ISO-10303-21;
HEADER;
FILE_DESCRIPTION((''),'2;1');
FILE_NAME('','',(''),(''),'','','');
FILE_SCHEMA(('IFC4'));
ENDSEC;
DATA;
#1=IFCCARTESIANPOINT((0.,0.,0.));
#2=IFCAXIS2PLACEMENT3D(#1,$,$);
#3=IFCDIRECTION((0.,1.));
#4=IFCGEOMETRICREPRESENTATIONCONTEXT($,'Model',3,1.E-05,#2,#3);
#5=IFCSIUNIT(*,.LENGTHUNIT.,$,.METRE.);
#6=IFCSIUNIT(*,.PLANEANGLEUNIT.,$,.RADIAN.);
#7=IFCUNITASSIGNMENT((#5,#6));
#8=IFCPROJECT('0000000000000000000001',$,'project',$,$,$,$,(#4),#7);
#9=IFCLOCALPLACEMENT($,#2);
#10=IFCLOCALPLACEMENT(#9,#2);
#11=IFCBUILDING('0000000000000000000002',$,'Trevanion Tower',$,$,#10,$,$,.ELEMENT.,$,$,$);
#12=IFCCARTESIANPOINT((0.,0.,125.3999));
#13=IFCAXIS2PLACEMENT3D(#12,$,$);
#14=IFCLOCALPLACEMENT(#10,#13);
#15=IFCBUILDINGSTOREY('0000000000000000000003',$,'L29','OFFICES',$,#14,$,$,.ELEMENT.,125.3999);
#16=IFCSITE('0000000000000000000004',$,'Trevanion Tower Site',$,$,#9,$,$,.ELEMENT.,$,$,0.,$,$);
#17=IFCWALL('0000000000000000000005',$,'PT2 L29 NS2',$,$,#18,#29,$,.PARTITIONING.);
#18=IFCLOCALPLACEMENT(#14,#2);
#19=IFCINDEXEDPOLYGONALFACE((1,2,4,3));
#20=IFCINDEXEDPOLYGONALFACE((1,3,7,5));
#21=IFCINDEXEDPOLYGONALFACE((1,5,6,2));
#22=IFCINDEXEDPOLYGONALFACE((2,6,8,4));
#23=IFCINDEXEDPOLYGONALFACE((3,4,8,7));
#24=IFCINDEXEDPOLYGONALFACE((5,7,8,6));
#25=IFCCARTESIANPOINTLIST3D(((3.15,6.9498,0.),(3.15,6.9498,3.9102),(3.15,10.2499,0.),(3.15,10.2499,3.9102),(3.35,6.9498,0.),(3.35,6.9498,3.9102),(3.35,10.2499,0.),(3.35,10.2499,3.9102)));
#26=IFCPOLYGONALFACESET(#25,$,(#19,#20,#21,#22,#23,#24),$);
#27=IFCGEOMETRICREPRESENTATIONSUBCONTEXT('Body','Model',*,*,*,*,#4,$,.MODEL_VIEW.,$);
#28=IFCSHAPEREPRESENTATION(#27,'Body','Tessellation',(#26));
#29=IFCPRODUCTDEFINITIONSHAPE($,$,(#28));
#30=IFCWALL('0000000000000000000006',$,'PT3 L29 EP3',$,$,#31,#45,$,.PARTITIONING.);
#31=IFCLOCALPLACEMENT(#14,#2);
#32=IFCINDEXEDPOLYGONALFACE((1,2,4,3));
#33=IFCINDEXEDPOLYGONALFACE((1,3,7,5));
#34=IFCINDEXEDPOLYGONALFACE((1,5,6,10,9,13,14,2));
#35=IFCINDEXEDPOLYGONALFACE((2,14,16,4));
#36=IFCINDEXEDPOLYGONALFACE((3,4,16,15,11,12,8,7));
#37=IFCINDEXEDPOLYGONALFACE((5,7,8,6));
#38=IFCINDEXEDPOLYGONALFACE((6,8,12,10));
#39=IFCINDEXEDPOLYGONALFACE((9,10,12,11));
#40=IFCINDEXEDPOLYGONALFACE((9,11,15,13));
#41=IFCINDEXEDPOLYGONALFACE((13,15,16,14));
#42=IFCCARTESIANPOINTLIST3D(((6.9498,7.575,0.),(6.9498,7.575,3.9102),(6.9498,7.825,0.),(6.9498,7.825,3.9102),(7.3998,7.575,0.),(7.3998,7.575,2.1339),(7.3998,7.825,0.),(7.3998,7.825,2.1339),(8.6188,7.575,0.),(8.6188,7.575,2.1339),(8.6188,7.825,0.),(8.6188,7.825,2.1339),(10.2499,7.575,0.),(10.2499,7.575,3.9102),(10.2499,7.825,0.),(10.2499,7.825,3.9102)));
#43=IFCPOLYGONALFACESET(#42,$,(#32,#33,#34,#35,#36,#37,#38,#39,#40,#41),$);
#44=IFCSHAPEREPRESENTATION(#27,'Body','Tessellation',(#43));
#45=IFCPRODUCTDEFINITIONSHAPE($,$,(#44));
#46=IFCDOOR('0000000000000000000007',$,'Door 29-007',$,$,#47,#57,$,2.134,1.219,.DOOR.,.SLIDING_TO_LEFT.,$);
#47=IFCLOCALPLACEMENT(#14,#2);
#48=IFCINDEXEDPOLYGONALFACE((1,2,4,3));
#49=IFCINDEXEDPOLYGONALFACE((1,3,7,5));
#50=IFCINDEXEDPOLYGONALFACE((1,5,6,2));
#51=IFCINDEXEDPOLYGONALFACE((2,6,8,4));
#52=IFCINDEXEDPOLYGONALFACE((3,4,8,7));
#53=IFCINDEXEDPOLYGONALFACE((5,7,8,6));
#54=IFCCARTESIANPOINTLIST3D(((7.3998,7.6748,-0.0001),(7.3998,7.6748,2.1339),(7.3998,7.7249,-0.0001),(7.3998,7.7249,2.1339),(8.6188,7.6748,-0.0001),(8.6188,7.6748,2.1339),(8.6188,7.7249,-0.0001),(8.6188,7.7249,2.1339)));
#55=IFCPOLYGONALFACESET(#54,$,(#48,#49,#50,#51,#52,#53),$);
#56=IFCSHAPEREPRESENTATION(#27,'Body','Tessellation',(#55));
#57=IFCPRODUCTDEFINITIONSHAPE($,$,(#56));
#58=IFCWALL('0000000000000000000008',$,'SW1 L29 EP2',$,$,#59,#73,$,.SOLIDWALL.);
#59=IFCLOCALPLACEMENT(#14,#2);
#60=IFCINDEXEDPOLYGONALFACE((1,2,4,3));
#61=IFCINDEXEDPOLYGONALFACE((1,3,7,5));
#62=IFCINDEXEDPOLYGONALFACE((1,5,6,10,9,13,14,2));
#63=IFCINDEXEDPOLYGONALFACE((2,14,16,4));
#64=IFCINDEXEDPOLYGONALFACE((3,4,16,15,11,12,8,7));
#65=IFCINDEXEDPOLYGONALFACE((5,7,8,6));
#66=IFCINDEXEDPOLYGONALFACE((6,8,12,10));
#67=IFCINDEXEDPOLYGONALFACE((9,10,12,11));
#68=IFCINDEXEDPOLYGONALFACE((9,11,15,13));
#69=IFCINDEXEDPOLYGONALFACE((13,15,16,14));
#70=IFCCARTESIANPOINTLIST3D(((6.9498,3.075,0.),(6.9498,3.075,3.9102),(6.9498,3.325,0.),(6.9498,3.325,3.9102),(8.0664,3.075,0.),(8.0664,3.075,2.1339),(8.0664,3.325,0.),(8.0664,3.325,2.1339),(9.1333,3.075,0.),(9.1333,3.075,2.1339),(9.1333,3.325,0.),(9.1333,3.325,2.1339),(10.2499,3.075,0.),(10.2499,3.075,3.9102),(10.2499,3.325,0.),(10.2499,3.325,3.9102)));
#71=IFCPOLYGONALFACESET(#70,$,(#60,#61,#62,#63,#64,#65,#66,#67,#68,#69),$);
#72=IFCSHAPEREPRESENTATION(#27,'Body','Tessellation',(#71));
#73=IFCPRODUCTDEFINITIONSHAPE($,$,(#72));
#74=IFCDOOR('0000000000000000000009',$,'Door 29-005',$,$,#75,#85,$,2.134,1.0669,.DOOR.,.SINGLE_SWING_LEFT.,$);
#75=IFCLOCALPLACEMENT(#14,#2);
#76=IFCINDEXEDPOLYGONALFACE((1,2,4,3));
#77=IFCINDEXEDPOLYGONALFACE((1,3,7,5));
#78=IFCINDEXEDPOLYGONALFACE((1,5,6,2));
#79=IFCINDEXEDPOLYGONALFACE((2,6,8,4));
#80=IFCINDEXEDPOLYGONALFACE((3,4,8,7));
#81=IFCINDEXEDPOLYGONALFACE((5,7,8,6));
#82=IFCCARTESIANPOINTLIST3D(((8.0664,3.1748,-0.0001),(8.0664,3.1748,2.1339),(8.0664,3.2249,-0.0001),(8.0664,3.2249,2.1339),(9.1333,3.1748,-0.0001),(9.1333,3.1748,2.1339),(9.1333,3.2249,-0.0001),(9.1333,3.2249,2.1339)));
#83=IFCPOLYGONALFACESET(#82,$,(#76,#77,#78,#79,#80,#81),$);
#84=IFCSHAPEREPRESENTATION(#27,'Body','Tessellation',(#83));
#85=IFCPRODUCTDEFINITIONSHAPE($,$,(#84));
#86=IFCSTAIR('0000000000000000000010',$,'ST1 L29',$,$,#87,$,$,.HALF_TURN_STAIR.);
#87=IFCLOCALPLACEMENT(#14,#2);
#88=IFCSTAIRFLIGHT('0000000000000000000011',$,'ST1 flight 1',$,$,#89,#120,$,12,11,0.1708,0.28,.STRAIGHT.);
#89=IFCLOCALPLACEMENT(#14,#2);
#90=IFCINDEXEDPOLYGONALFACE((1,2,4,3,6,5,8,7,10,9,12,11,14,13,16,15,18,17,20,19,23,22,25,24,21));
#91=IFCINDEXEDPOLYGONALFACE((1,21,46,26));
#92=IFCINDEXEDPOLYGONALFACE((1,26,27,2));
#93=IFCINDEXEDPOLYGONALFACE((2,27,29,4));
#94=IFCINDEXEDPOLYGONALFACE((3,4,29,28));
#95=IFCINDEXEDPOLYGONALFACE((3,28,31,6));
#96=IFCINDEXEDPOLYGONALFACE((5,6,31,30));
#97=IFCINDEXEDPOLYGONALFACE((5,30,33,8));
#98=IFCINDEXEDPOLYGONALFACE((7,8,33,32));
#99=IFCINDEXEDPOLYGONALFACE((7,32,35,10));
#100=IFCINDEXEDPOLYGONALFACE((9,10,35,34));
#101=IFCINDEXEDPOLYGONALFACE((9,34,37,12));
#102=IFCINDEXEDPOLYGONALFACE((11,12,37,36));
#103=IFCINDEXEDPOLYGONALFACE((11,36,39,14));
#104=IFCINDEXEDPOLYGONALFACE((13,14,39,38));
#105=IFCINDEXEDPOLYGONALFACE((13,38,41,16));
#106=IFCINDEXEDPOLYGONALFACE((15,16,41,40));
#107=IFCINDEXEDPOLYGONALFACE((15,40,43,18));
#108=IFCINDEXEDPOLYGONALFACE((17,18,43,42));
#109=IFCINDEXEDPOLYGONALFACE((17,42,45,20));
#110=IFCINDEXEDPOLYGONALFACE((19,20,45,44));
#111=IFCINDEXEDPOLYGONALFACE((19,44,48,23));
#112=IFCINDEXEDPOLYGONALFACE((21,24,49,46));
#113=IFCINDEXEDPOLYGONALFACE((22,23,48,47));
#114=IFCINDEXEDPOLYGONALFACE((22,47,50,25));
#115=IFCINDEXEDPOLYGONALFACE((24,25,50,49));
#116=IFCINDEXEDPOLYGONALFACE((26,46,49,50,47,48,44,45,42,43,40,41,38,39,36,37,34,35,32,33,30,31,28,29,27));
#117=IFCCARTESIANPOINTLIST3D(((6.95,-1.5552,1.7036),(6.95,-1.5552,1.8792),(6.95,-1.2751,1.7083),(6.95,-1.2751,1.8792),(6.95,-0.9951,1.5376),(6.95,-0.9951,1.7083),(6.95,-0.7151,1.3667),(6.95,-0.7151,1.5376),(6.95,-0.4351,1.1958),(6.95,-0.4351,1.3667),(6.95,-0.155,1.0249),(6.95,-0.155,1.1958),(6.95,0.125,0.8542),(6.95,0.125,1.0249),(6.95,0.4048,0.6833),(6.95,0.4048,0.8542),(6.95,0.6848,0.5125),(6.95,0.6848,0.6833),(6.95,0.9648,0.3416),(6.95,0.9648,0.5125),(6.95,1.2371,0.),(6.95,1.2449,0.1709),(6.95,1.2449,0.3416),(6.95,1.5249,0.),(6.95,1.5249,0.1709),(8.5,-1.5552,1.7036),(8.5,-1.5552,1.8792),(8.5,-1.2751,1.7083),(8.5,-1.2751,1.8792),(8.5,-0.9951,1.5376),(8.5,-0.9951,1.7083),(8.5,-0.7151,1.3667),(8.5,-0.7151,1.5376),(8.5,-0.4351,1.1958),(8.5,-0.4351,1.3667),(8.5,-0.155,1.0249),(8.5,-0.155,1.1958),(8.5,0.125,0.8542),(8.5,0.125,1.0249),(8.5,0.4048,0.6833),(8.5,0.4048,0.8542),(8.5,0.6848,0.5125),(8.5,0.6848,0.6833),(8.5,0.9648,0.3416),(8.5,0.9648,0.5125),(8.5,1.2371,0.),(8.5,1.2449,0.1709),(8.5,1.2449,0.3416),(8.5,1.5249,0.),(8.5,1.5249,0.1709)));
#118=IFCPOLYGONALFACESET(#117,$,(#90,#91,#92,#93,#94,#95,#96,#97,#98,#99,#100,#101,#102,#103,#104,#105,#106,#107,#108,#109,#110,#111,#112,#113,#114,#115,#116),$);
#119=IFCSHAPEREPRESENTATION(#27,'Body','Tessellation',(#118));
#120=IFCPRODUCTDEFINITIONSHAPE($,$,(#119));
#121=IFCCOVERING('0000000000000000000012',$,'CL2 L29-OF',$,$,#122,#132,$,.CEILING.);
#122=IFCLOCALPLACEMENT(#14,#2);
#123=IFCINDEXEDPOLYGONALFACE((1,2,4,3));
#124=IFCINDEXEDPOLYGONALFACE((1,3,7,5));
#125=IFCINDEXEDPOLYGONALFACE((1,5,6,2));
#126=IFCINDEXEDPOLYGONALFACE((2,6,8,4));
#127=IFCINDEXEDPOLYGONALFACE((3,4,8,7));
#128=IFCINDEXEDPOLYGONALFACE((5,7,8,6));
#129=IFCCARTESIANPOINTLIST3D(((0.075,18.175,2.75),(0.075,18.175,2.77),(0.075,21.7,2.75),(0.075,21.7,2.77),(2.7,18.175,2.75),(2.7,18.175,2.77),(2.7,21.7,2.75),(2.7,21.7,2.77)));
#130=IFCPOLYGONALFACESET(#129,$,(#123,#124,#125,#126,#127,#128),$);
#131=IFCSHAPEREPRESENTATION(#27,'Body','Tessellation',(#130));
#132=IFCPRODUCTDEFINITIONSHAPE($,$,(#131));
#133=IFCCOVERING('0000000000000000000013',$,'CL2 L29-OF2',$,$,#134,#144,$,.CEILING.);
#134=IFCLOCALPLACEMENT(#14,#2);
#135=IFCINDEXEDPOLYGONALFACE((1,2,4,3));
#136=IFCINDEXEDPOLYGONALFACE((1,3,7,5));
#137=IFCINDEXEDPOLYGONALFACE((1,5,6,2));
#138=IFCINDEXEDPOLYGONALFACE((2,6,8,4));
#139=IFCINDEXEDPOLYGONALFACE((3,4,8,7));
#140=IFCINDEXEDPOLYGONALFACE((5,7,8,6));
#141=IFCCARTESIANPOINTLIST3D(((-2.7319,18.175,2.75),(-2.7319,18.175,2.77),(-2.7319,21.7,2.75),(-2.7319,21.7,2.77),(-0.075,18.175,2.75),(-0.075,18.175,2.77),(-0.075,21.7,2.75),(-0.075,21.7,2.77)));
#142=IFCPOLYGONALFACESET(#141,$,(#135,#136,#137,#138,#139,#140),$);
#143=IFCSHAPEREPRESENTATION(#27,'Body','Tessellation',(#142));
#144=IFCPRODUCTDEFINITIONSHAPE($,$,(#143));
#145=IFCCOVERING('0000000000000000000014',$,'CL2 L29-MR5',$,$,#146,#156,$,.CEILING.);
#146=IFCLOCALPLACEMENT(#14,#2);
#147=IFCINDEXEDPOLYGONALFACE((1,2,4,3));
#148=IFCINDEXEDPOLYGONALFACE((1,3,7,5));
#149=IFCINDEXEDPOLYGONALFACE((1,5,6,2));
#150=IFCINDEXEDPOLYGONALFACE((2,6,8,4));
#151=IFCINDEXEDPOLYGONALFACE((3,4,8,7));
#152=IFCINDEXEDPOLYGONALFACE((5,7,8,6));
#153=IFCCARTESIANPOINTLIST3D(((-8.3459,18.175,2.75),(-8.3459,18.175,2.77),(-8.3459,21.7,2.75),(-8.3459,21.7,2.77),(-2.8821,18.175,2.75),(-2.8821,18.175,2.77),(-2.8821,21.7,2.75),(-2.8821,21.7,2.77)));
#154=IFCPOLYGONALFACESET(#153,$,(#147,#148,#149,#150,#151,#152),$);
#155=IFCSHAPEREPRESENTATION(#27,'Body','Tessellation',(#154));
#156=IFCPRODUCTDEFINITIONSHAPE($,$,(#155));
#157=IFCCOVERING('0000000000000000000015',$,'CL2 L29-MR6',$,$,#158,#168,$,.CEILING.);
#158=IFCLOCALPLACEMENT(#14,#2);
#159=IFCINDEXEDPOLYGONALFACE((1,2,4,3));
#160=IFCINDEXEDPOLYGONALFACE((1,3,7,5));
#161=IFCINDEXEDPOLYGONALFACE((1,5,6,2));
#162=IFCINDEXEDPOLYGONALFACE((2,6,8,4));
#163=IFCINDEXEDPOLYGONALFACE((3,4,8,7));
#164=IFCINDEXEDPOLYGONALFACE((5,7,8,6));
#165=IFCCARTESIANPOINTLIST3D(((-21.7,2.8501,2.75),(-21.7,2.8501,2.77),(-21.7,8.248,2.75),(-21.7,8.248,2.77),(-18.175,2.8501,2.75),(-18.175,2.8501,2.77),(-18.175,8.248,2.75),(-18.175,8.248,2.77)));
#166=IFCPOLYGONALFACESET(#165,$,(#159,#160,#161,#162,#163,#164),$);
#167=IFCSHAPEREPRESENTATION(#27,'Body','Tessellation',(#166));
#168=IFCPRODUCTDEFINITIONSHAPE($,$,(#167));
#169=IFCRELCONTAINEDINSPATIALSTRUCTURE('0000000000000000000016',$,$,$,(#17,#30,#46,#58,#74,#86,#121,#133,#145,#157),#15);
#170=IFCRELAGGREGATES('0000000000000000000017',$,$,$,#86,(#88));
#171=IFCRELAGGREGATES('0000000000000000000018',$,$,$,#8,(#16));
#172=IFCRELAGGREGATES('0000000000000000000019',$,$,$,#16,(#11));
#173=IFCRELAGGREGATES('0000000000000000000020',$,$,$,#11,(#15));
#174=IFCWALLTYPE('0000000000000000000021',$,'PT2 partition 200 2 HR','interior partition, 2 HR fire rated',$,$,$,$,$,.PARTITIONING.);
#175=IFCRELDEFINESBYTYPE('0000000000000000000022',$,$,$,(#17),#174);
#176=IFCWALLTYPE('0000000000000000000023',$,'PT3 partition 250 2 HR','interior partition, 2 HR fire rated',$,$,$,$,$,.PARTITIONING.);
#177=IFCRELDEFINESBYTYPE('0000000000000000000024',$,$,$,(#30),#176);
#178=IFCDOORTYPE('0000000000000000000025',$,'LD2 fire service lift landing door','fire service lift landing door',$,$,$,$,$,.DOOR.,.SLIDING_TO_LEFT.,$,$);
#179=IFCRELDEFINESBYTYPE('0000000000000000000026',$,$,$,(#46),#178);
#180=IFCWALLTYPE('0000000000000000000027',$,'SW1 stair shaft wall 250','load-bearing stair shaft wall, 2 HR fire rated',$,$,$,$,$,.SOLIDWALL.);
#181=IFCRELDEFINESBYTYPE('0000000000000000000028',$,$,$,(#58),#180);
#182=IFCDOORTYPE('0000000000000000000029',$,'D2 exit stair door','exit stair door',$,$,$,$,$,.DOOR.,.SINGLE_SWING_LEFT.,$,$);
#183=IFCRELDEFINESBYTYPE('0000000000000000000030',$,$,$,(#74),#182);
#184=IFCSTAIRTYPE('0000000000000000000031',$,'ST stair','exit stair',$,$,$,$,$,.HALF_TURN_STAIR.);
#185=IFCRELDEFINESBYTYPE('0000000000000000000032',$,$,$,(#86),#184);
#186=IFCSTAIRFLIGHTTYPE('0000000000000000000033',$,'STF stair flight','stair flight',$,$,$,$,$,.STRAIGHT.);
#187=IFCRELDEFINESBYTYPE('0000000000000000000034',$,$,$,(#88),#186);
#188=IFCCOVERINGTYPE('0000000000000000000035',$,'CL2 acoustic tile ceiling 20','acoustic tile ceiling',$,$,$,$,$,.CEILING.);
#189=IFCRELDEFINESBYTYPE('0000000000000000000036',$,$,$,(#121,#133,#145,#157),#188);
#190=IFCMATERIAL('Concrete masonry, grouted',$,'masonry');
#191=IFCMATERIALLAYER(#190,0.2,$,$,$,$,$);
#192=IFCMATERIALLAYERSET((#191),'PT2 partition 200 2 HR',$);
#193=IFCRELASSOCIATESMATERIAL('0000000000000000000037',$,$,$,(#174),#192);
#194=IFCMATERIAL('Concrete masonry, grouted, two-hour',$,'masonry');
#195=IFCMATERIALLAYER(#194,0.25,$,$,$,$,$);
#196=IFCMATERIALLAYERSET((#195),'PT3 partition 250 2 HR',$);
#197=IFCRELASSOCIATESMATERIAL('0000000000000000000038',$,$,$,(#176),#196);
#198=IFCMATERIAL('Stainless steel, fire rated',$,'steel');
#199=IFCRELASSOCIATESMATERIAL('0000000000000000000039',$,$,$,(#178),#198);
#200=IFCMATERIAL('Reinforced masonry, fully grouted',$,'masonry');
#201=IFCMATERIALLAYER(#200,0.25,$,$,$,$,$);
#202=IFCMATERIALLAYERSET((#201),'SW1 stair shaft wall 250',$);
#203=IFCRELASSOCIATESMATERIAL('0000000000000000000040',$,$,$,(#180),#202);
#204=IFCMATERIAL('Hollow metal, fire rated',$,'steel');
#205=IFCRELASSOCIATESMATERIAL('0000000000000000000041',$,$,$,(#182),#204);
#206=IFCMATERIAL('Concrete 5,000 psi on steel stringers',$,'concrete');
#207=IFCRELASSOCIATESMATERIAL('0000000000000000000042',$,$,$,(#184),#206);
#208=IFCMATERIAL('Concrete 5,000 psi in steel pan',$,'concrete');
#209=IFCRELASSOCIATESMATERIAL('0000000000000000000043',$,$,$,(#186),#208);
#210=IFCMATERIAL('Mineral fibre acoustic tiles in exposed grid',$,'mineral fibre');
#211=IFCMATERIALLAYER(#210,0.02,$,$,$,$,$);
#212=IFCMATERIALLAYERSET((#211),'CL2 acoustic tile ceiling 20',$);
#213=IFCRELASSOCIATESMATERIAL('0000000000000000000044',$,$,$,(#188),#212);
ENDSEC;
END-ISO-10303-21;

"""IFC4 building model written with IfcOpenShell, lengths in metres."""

from ifc_helpers import new_model, si_unit, direction, frame, frame_2d, origin, place, context, subcontext, project, spatial, polyline, rectangle, outline, extrude, material, layer, layer_set, type_object, element, fill, aggregate, save


model = new_model("IFC4")

# Units and contexts
model_context = context("Model", 3, precision=1e-05, world=origin(), true_north=direction((0.0, 1.0)))
body_context = subcontext(model_context, "Body", "Model", "MODEL_VIEW")
ifc_project = project(units=[si_unit("LENGTHUNIT", "METRE"), si_unit("PLANEANGLEUNIT", "RADIAN")], contexts=[model_context])

# Site, building, storey
site_placement = place(None, origin())
site = spatial("IfcSite", under=ifc_project, at=site_placement, Name="Trevanion Tower Site", CompositionType="ELEMENT", RefElevation=0.0)
building_placement = place(site_placement, origin())
building = spatial("IfcBuilding", under=site, at=building_placement, Name="Trevanion Tower", CompositionType="ELEMENT")
storey_placement = place(building_placement, frame((0.0, 0.0, 125.3999)))
storey = spatial("IfcBuildingStorey", under=building, at=storey_placement, Name="L29", Description="OFFICES", CompositionType="ELEMENT", Elevation=125.3999)

# Wall
ifc_material_1 = material(Name="Concrete masonry, grouted", Category="masonry")
ifc_layer_1 = layer(ifc_material_1, 0.2)
ifc_layer_set_1 = layer_set([ifc_layer_1], Name="PT2 partition 200 2 HR")
wall_type_1 = type_object("IfcWallType", Name="PT2 partition 200 2 HR", Description="interior partition, 2 HR fire rated", PredefinedType="PARTITIONING", material=ifc_layer_set_1)
wall_1_placement = place(storey_placement, frame((3.25, 6.95, 0.0), z_axis=(0.0, 0.0, 1.0), x_axis=(0.0, 1.0, 0.0)))
element("IfcWall", 1, at=wall_1_placement, inside=storey, type_object=wall_type_1, Name="PT2 L29 NS2", PredefinedType="PARTITIONING", context=body_context, shape_type="SweptSolid", body=[
    extrude(rectangle(XDim=3.3, YDim=0.2, at=frame_2d((1.6499, 0.0))), origin(), (0.0, 0.0, 1.0), 3.9102),
])

# Walls, openings, doors
ifc_material_2 = material(Name="Concrete masonry, grouted, two-hour", Category="masonry")
ifc_layer_2 = layer(ifc_material_2, 0.25)
ifc_layer_set_2 = layer_set([ifc_layer_2], Name="PT3 partition 250 2 HR")
wall_type_2 = type_object("IfcWallType", Name="PT3 partition 250 2 HR", Description="interior partition, 2 HR fire rated", PredefinedType="PARTITIONING", material=ifc_layer_set_2)
wall_2_placement = place(storey_placement, frame((6.95, 7.7, 0.0), z_axis=(0.0, 0.0, 1.0), x_axis=(1.0, 0.0, 0.0)))
wall_2 = element("IfcWall", 2, at=wall_2_placement, inside=storey, type_object=wall_type_2, Name="PT3 L29 EP3", PredefinedType="PARTITIONING", context=body_context, shape_type="SweptSolid", body=[
    extrude(rectangle(XDim=3.3, YDim=0.25, at=frame_2d((1.6499, 0.0))), origin(), (0.0, 0.0, 1.0), 3.9102),
])
opening_1_placement = place(wall_2_placement, frame((0.45, 0.0, 0.0)))
opening_1 = element("IfcOpeningElement", 3, at=opening_1_placement, cuts=wall_2, PredefinedType="OPENING", context=body_context, shape_type="SweptSolid", body=[
    extrude(rectangle(XDim=1.219, YDim=2.134, at=frame_2d((0.6094, 1.0669))), frame((0.0, 0.135, 0.0), z_axis=(0.0, -1.0, 0.0), x_axis=(1.0, 0.0, 0.0)), (0.0, 0.0, 1.0), 0.27),
])
ifc_material_3 = material(Name="Stainless steel, fire rated", Category="steel")
door_type_1 = type_object("IfcDoorType", Name="LD2 fire service lift landing door", Description="fire service lift landing door", OperationType="SLIDING_TO_LEFT", PredefinedType="DOOR", material=ifc_material_3)
door_1_placement = place(opening_1_placement, origin())
door_1 = element("IfcDoor", 4, at=door_1_placement, inside=storey, type_object=door_type_1, Name="Door 29-007", OperationType="SLIDING_TO_LEFT", OverallHeight=2.134, OverallWidth=1.219, PredefinedType="DOOR", context=body_context, shape_type="SweptSolid", body=[
    extrude(rectangle(XDim=1.219, YDim=2.134, at=frame_2d((0.6094, 1.0669))), frame((0.0, 0.0249, 0.0), z_axis=(0.0, -1.0, 0.0), x_axis=(1.0, 0.0, 0.0)), (0.0, 0.0, 1.0), 0.05),
])
fill(opening_1, door_1)
ifc_material_4 = material(Name="Reinforced masonry, fully grouted", Category="masonry")
ifc_layer_3 = layer(ifc_material_4, 0.25)
ifc_layer_set_3 = layer_set([ifc_layer_3], Name="SW1 stair shaft wall 250")
wall_type_3 = type_object("IfcWallType", Name="SW1 stair shaft wall 250", Description="load-bearing stair shaft wall, 2 HR fire rated", PredefinedType="SOLIDWALL", material=ifc_layer_set_3)
wall_3_placement = place(storey_placement, frame((6.95, 3.2, 0.0), z_axis=(0.0, 0.0, 1.0), x_axis=(1.0, 0.0, 0.0)))
wall_3 = element("IfcWall", 5, at=wall_3_placement, inside=storey, type_object=wall_type_3, Name="SW1 L29 EP2", PredefinedType="SOLIDWALL", context=body_context, shape_type="SweptSolid", body=[
    extrude(rectangle(XDim=3.3, YDim=0.25, at=frame_2d((1.6499, 0.0))), origin(), (0.0, 0.0, 1.0), 3.9102),
])
opening_2_placement = place(wall_3_placement, frame((1.1165, 0.0, 0.0)))
opening_2 = element("IfcOpeningElement", 6, at=opening_2_placement, cuts=wall_3, PredefinedType="OPENING", context=body_context, shape_type="SweptSolid", body=[
    extrude(rectangle(XDim=1.0669, YDim=2.134, at=frame_2d((0.5334, 1.0669))), frame((0.0, 0.135, 0.0), z_axis=(0.0, -1.0, 0.0), x_axis=(1.0, 0.0, 0.0)), (0.0, 0.0, 1.0), 0.27),
])
ifc_material_5 = material(Name="Hollow metal, fire rated", Category="steel")
door_type_2 = type_object("IfcDoorType", Name="D2 exit stair door", Description="exit stair door", OperationType="SINGLE_SWING_LEFT", PredefinedType="DOOR", material=ifc_material_5)
door_2_placement = place(opening_2_placement, origin())
door_2 = element("IfcDoor", 7, at=door_2_placement, inside=storey, type_object=door_type_2, Name="Door 29-005", OperationType="SINGLE_SWING_LEFT", OverallHeight=2.134, OverallWidth=1.0669, PredefinedType="DOOR", context=body_context, shape_type="SweptSolid", body=[
    extrude(rectangle(XDim=1.0669, YDim=2.134, at=frame_2d((0.5334, 1.0669))), frame((0.0, 0.0249, 0.0), z_axis=(0.0, -1.0, 0.0), x_axis=(1.0, 0.0, 0.0)), (0.0, 0.0, 1.0), 0.05),
])
fill(opening_2, door_2)

# Stair, stair flight
ifc_material_6 = material(Name="Concrete 5,000 psi on steel stringers", Category="concrete")
stair_type = type_object("IfcStairType", Name="ST stair", Description="exit stair", PredefinedType="HALF_TURN_STAIR", material=ifc_material_6)
stair_placement = place(storey_placement, origin())
stair = element("IfcStair", 8, at=stair_placement, inside=storey, type_object=stair_type, Name="ST1 L29", PredefinedType="HALF_TURN_STAIR")
ifc_material_7 = material(Name="Concrete 5,000 psi in steel pan", Category="concrete")
stair_flight_type = type_object("IfcStairFlightType", Name="STF stair flight", Description="stair flight", PredefinedType="STRAIGHT", material=ifc_material_7)
stair_flight_placement = place(storey_placement, frame((7.7251, 1.5249, 0.0), z_axis=(0.0, 0.0, 1.0), x_axis=(0.0, -1.0, 0.0)))
stair_flight = element("IfcStairFlight", 9, at=stair_flight_placement, type_object=stair_flight_type, Name="ST1 flight 1", NumberOfRisers=12, NumberOfTreads=11, PredefinedType="STRAIGHT", RiserHeight=0.1708, TreadLength=0.28, context=body_context, shape_type="SweptSolid", body=[
    extrude(outline(polyline([(0.0, 0.0), (0.0, 0.1709), (0.28, 0.1709), (0.28, 0.3416), (0.5601, 0.3416), (0.5601, 0.5125), (0.8401, 0.5125), (0.8401, 0.6833), (1.1201, 0.6833), (1.1201, 0.8542), (1.3999, 0.8542), (1.3999, 1.0249), (1.6799, 1.0249), (1.6799, 1.1958), (1.96, 1.1958), (1.96, 1.3667), (2.24, 1.3667), (2.24, 1.5376), (2.52, 1.5376), (2.52, 1.7083), (2.8, 1.7083), (2.8, 1.8792), (3.0801, 1.8792), (3.0801, 2.05), (3.0801, 1.7036), (0.2878, 0.0), (0.0, 0.0)])), frame((0.0, 0.7749, 0.0), z_axis=(0.0, -1.0, 0.0), x_axis=(1.0, 0.0, 0.0)), (0.0, 0.0, 1.0), 1.55),
])
aggregate(stair, [stair_flight])

# Coverings
ifc_material_8 = material(Name="Mineral fibre acoustic tiles in exposed grid", Category="mineral fibre")
ifc_layer_4 = layer(ifc_material_8, 0.02)
ifc_layer_set_4 = layer_set([ifc_layer_4], Name="CL2 acoustic tile ceiling 20")
covering_type_1 = type_object("IfcCoveringType", Name="CL2 acoustic tile ceiling 20", Description="acoustic tile ceiling", PredefinedType="CEILING", material=ifc_layer_set_4)
covering_1_placement = place(storey_placement, frame((0.0, 0.0, 2.75)))
element("IfcCovering", 10, at=covering_1_placement, inside=storey, type_object=covering_type_1, Name="CL2 L29-OF", PredefinedType="CEILING", context=body_context, shape_type="SweptSolid", body=[
    extrude(outline(polyline([(2.7, 18.175), (0.075, 18.175), (0.075, 21.7), (2.7, 21.7), (2.7, 18.175)])), origin(), (0.0, 0.0, 1.0), 0.02),
])
covering_2_placement = place(storey_placement, frame((0.0, 0.0, 2.75)))
element("IfcCovering", 11, at=covering_2_placement, inside=storey, type_object=covering_type_1, Name="CL2 L29-OF2", PredefinedType="CEILING", context=body_context, shape_type="SweptSolid", body=[
    extrude(outline(polyline([(-0.075, 18.175), (-2.7319, 18.175), (-2.7319, 21.7), (-0.075, 21.7), (-0.075, 18.175)])), origin(), (0.0, 0.0, 1.0), 0.02),
])
covering_3_placement = place(storey_placement, frame((0.0, 0.0, 2.75)))
element("IfcCovering", 12, at=covering_3_placement, inside=storey, type_object=covering_type_1, Name="CL2 L29-MR5", PredefinedType="CEILING", context=body_context, shape_type="SweptSolid", body=[
    extrude(outline(polyline([(-2.8821, 18.175), (-8.3459, 18.175), (-8.3459, 21.7), (-2.8821, 21.7), (-2.8821, 18.175)])), origin(), (0.0, 0.0, 1.0), 0.02),
])
covering_4_placement = place(storey_placement, frame((0.0, 0.0, 2.75)))
element("IfcCovering", 13, at=covering_4_placement, inside=storey, type_object=covering_type_1, Name="CL2 L29-MR6", PredefinedType="CEILING", context=body_context, shape_type="SweptSolid", body=[
    extrude(outline(polyline([(-18.175, 8.248), (-18.175, 2.8501), (-21.7, 2.8501), (-21.7, 8.248), (-18.175, 8.248)])), origin(), (0.0, 0.0, 1.0), 0.02),
])

save(model, "model.ifc")
